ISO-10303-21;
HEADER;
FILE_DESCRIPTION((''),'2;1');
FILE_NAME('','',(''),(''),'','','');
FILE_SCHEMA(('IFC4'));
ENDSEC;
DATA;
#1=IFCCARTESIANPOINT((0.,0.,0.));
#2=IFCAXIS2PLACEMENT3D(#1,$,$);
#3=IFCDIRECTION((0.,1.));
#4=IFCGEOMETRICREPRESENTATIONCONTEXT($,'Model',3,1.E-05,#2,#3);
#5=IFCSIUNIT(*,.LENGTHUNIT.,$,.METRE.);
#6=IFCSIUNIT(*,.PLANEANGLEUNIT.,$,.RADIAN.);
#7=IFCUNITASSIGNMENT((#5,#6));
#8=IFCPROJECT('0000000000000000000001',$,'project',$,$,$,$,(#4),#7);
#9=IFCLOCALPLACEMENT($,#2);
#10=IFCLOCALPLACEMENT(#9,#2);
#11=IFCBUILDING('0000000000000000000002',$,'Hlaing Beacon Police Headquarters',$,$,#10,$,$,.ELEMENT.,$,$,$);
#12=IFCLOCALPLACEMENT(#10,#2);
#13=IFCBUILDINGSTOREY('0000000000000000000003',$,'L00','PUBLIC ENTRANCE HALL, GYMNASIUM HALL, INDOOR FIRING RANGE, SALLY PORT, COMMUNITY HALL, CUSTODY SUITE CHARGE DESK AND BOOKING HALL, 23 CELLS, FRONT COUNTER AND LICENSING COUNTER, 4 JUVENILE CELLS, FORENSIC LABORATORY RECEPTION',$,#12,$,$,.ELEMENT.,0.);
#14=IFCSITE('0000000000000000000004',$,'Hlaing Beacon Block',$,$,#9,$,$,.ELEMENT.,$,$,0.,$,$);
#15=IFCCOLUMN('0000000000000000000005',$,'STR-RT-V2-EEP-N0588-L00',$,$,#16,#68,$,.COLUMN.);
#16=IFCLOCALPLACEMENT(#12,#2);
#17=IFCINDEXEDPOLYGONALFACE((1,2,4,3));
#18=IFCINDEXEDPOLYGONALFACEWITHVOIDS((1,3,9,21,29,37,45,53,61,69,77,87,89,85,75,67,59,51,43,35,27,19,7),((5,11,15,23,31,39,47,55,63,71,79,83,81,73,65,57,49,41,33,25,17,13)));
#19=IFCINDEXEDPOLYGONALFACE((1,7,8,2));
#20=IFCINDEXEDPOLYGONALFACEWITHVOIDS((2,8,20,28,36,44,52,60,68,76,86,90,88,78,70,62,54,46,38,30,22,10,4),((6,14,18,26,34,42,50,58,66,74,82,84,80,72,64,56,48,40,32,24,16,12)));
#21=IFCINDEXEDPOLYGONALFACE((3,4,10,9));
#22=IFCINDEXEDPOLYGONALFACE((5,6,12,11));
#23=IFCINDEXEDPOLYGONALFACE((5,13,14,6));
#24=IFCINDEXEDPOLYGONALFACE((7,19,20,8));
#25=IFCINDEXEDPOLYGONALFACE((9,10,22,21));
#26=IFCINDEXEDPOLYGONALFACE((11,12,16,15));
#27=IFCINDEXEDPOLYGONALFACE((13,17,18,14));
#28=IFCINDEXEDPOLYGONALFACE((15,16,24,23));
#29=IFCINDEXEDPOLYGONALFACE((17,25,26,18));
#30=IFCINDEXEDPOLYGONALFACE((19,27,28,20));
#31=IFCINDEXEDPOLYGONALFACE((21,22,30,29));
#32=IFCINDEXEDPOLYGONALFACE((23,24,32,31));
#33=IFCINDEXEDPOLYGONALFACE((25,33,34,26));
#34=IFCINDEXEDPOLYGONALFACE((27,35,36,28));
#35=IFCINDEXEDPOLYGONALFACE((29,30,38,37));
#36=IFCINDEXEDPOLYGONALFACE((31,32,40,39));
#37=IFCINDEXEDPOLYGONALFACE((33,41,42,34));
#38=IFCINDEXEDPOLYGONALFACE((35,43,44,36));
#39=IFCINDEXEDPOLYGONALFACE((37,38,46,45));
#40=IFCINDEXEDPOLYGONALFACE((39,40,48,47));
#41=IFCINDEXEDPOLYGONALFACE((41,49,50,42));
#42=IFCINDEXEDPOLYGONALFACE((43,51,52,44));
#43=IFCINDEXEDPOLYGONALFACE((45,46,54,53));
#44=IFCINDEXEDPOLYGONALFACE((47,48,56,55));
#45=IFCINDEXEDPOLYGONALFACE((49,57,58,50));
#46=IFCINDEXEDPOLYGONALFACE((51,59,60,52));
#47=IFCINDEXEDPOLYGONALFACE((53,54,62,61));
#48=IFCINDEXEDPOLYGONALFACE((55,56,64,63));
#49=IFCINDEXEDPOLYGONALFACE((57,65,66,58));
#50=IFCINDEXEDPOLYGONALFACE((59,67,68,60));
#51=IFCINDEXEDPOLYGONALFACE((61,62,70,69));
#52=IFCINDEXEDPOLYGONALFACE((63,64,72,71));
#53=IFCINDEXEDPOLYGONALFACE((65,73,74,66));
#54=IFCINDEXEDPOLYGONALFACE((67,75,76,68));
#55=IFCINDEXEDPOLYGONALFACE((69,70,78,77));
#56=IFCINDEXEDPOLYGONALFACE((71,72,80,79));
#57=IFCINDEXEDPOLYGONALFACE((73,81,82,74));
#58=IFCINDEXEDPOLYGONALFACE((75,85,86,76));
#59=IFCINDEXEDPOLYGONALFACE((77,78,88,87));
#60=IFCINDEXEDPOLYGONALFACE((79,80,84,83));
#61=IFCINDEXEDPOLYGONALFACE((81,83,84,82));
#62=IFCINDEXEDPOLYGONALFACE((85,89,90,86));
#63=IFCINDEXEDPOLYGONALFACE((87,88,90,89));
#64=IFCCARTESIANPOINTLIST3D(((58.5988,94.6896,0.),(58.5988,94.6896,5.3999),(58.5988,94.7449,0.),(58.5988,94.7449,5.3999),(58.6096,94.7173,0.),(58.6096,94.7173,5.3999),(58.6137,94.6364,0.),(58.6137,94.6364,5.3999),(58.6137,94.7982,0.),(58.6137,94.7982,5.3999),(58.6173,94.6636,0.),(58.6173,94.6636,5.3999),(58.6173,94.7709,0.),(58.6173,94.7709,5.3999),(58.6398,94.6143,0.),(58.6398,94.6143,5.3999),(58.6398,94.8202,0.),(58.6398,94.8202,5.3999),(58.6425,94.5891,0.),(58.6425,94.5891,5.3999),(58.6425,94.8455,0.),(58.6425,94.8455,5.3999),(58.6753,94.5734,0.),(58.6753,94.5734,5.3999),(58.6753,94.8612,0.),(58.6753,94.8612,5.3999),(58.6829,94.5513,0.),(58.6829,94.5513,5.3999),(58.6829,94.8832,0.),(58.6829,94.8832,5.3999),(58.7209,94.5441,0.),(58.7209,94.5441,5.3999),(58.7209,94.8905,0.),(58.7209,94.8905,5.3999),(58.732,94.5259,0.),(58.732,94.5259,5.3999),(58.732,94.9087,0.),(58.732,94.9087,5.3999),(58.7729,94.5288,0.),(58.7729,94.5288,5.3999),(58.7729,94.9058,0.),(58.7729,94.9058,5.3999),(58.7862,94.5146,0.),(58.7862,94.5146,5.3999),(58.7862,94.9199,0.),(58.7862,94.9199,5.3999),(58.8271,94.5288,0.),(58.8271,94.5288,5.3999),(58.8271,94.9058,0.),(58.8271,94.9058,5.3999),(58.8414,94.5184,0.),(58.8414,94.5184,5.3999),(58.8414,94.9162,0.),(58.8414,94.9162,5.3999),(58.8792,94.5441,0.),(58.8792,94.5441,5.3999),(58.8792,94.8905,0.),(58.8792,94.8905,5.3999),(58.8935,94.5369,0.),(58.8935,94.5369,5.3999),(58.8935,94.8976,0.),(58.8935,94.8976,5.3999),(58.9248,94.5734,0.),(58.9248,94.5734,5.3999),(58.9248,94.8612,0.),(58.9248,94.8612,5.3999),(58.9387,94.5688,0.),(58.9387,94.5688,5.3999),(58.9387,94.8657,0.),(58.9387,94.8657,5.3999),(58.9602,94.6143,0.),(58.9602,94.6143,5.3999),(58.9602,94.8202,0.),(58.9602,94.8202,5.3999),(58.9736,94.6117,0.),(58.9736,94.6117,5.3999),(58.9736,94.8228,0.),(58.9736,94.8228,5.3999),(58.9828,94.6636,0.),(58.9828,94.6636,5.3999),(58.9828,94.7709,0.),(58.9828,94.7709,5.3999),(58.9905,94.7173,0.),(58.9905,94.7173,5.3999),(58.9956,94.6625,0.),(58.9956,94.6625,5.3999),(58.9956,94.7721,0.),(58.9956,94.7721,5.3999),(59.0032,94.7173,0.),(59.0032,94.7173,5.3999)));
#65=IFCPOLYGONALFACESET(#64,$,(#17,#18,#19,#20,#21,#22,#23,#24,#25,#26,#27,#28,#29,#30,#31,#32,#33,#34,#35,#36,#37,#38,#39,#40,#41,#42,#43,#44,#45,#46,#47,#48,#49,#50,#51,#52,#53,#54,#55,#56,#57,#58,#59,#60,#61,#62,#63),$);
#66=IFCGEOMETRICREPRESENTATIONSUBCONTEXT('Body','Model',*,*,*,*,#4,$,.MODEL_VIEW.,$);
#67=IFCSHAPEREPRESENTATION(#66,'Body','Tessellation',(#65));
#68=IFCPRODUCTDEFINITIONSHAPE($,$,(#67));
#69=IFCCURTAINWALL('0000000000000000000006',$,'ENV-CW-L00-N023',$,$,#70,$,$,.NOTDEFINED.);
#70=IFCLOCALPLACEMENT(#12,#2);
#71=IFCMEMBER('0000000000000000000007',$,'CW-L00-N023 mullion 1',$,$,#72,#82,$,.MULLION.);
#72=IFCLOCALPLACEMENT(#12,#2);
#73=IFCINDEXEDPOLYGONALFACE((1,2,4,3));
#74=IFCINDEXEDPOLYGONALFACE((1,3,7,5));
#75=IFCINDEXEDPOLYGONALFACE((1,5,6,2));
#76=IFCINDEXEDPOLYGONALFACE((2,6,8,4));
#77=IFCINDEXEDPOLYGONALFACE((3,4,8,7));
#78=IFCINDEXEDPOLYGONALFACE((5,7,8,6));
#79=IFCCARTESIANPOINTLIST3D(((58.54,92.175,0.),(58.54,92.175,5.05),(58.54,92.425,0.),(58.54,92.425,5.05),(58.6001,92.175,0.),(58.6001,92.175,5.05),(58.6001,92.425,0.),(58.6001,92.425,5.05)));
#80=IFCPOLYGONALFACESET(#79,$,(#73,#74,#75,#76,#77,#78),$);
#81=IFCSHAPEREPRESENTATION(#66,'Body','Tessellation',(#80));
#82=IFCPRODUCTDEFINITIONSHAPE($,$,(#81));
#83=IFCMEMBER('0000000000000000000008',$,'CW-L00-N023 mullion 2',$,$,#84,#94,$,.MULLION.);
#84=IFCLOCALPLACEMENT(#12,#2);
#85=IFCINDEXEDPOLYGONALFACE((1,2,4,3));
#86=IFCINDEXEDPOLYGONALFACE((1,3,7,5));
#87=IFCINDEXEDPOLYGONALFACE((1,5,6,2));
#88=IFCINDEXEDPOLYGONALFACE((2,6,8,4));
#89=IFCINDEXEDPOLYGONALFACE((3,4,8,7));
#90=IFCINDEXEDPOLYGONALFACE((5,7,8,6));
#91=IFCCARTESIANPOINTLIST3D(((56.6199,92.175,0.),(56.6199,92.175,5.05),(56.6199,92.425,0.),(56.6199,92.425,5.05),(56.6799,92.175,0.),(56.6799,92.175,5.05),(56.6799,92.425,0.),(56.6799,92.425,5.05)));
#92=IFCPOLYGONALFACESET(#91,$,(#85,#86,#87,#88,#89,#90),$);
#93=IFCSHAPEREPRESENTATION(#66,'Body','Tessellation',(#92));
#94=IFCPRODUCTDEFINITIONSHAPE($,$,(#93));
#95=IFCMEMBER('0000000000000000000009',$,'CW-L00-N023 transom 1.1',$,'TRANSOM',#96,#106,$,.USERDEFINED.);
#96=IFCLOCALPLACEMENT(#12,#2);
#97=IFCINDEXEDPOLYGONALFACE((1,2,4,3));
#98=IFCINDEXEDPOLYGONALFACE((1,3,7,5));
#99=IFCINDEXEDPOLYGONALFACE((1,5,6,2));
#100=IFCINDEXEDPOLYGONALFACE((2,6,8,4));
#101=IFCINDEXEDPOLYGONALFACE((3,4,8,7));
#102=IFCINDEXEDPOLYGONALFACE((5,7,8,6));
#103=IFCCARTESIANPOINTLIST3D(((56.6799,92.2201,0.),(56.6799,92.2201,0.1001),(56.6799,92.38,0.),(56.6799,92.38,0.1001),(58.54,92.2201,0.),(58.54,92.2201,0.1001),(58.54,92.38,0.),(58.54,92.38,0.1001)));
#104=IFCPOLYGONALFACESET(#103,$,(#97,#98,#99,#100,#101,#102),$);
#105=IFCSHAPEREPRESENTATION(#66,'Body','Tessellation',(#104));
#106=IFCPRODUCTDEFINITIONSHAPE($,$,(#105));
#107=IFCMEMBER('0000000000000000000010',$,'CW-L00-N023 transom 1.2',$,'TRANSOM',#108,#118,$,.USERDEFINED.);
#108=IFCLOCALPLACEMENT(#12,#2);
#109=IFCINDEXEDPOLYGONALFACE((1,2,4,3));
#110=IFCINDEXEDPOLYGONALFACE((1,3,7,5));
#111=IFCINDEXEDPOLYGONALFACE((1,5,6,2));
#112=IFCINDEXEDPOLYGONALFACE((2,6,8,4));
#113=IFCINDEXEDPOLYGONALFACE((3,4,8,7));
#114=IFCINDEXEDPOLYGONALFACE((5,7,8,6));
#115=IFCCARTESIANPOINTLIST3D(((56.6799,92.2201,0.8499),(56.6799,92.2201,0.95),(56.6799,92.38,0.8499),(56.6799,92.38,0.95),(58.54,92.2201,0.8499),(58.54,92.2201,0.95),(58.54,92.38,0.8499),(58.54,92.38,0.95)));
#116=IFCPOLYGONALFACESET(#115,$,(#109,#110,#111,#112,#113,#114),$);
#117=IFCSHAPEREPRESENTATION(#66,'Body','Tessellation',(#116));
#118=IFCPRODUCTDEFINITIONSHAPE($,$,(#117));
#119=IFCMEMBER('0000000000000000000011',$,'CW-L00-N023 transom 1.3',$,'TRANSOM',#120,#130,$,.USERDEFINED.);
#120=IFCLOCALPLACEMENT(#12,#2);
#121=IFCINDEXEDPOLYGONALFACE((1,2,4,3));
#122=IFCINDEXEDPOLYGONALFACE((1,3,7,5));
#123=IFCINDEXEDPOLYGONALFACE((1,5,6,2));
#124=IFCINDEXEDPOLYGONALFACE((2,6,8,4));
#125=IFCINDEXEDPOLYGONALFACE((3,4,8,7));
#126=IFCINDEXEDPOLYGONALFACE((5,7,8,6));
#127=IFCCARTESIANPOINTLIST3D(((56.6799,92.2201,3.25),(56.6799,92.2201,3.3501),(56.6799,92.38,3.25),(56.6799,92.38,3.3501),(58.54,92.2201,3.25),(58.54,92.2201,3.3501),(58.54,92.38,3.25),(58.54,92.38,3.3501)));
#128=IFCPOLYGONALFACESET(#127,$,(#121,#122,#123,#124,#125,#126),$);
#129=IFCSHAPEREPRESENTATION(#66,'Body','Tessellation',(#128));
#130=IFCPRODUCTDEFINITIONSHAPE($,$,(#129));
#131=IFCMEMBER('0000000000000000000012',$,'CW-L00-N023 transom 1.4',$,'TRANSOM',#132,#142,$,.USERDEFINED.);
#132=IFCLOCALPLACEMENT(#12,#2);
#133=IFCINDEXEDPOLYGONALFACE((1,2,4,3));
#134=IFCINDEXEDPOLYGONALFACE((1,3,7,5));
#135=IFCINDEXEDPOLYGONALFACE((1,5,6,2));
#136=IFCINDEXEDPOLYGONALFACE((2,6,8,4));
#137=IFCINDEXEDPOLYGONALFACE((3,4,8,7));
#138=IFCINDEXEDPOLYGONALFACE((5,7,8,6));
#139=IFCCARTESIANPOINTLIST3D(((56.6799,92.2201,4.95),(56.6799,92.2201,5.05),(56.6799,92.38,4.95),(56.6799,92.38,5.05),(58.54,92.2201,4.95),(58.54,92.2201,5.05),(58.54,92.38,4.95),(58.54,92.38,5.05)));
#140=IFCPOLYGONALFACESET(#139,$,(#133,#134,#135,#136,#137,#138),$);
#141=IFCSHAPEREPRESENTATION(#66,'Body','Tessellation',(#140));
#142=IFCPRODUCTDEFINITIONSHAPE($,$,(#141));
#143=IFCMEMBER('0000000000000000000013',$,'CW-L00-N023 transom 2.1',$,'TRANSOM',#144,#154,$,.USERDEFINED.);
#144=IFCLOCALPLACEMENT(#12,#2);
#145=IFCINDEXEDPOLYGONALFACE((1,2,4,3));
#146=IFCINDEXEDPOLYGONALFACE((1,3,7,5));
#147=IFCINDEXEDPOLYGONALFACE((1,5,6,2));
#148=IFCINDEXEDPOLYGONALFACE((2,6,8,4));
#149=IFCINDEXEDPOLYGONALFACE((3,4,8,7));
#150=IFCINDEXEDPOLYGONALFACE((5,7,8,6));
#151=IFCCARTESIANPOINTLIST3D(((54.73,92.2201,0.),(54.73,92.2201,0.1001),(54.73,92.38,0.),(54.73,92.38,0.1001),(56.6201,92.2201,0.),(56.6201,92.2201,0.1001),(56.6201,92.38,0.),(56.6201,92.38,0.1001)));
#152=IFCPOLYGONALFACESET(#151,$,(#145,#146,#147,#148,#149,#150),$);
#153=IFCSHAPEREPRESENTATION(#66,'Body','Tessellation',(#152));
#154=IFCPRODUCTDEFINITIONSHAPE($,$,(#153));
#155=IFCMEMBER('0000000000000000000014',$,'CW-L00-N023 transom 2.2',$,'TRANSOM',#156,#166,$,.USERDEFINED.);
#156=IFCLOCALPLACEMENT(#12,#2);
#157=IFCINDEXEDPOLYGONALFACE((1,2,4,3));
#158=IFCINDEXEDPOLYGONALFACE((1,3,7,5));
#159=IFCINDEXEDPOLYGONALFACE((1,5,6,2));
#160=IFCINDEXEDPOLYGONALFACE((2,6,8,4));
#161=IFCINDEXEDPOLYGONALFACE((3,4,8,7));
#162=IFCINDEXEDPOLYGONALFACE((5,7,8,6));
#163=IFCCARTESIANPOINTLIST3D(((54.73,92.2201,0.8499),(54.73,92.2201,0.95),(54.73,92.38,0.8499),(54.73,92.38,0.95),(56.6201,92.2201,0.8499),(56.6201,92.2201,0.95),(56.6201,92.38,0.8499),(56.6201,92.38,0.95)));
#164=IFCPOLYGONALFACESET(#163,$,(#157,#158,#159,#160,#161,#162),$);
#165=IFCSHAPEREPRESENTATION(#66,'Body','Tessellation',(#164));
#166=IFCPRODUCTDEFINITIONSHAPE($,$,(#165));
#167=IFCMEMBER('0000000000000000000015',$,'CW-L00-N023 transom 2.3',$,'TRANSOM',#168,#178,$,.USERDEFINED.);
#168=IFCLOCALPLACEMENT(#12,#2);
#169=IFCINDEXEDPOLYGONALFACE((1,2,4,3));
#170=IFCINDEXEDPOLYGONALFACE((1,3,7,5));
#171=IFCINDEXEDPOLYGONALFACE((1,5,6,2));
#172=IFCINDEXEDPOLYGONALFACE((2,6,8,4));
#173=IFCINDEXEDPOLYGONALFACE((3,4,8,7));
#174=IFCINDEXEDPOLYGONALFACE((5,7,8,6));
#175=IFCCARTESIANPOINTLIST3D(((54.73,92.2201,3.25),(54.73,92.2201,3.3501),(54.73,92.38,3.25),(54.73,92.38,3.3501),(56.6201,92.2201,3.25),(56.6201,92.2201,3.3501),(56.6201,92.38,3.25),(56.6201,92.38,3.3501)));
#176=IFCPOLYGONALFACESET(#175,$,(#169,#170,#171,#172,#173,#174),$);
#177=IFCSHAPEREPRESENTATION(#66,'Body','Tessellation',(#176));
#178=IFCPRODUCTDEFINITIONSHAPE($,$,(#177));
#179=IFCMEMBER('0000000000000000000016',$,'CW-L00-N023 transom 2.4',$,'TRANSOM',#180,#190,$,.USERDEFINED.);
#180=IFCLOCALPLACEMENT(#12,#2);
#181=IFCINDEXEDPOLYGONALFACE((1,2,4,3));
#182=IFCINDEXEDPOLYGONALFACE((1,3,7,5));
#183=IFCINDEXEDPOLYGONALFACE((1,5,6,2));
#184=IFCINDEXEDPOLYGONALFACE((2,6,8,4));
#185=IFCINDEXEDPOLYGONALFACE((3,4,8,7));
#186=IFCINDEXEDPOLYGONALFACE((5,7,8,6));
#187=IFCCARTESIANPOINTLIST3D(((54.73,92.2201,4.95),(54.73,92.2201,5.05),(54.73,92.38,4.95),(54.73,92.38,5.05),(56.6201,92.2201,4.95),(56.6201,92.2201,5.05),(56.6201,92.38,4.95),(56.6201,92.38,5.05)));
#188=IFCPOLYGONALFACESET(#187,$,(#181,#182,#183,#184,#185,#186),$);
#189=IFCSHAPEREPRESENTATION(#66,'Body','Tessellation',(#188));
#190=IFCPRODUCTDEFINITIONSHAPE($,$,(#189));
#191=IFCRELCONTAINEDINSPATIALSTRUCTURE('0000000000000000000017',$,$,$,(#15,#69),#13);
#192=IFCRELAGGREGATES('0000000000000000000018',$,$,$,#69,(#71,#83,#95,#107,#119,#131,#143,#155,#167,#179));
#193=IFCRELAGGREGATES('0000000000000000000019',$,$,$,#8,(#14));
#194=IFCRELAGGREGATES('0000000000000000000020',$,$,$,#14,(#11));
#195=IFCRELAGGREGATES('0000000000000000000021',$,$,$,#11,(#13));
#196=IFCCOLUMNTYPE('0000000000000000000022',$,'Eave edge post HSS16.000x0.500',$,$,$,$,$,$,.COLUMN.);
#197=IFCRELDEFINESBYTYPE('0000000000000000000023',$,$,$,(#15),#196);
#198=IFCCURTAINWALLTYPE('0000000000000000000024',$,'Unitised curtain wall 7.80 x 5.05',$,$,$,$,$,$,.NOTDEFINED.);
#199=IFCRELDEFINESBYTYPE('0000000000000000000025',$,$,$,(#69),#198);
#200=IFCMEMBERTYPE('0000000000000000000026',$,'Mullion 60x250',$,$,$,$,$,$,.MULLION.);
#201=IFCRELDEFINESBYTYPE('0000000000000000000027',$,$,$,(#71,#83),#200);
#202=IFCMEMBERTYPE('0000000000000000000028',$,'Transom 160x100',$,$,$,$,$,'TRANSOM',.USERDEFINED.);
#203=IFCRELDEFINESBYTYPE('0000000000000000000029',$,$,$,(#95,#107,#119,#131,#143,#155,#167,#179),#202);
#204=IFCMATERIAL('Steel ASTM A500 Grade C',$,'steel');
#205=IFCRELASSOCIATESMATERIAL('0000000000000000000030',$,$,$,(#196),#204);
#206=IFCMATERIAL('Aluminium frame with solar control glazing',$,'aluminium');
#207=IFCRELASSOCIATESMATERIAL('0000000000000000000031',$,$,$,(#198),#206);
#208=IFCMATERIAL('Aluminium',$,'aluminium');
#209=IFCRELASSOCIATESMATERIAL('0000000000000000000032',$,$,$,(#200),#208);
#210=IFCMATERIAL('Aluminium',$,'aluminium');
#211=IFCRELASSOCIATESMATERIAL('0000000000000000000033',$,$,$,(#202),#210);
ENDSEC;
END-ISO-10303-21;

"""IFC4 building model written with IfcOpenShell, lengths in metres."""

from ifc_helpers import new_model, si_unit, direction, frame, origin, origin_2d, place, context, subcontext, project, spatial, rectangle, hollow_circle, extrude, material, material_profile, profile_set, type_object, element, aggregate, save


model = new_model("IFC4")

# Units and contexts
model_context = context("Model", 3, precision=1e-05, world=origin(), true_north=direction((0.0, 1.0)))
body_context = subcontext(model_context, "Body", "Model", "MODEL_VIEW")
ifc_project = project(units=[si_unit("LENGTHUNIT", "METRE"), si_unit("PLANEANGLEUNIT", "RADIAN")], contexts=[model_context])

# Site, building, storey
site_placement = place(None, origin())
site = spatial("IfcSite", under=ifc_project, at=site_placement, Name="Hlaing Beacon Block", CompositionType="ELEMENT", RefElevation=0.0)
building_placement = place(site_placement, origin())
building = spatial("IfcBuilding", under=site, at=building_placement, Name="Hlaing Beacon Police Headquarters", CompositionType="ELEMENT")
storey_placement = place(building_placement, origin())
storey = spatial("IfcBuildingStorey", under=building, at=storey_placement, Name="L00", Description="PUBLIC ENTRANCE HALL, GYMNASIUM HALL, INDOOR FIRING RANGE, SALLY PORT, COMMUNITY HALL, CUSTODY SUITE CHARGE DESK AND BOOKING HALL, 23 CELLS, FRONT COUNTER AND LICENSING COUNTER, 4 JUVENILE CELLS, FORENSIC LABORATORY RECEPTION", CompositionType="ELEMENT", Elevation=0.0)

# Column
ifc_material_1 = material(Name="Steel ASTM A500 Grade C", Category="steel")
ifc_material_profile_1 = material_profile(ifc_material_1, hollow_circle(Radius=0.2031, WallThickness=0.0127, at=origin_2d()), Name="HSS16.000x0.500")
ifc_profile_set_1 = profile_set([ifc_material_profile_1], Name="Steel ASTM A500 Grade C")
column_type = type_object("IfcColumnType", Name="Eave edge post HSS16.000x0.500", PredefinedType="COLUMN", material=ifc_profile_set_1)
column_placement = place(storey_placement, frame((58.8, 94.7173, 0.0), z_axis=(0.0, 0.0, 1.0), x_axis=(1.0, 0.0, 0.0)))
element("IfcColumn", 1, at=column_placement, inside=storey, type_object=column_type, Name="STR-RT-V2-EEP-N0588-L00", PredefinedType="COLUMN", context=body_context, shape_type="SweptSolid", body=[
    extrude(hollow_circle(Radius=0.2031, WallThickness=0.0127, at=origin_2d()), origin(), (0.0, 0.0, 1.0), 5.3999),
])

# Curtain wall, members
ifc_material_2 = material(Name="Aluminium frame with solar control glazing", Category="aluminium")
curtain_wall_type = type_object("IfcCurtainWallType", Name="Unitised curtain wall 7.80 x 5.05", PredefinedType="NOTDEFINED", material=ifc_material_2)
curtain_wall_placement = place(storey_placement, origin())
curtain_wall = element("IfcCurtainWall", 2, at=curtain_wall_placement, inside=storey, type_object=curtain_wall_type, Name="ENV-CW-L00-N023", PredefinedType="NOTDEFINED")
ifc_material_3 = material(Name="Aluminium", Category="aluminium")
ifc_material_profile_2 = material_profile(ifc_material_3, rectangle(XDim=0.25, YDim=0.0601, at=origin_2d()), Name="Mullion 60x250")
ifc_profile_set_2 = profile_set([ifc_material_profile_2], Name="Aluminium")
member_type_1 = type_object("IfcMemberType", Name="Mullion 60x250", PredefinedType="MULLION", material=ifc_profile_set_2)
member_1_placement = place(storey_placement, frame((58.5701, 92.3, 0.0), z_axis=(0.0, 0.0, 1.0), x_axis=(0.0, -1.0, 0.0)))
member_1 = element("IfcMember", 3, at=member_1_placement, type_object=member_type_1, Name="CW-L00-N023 mullion 1", PredefinedType="MULLION", context=body_context, shape_type="SweptSolid", body=[
    extrude(rectangle(XDim=0.25, YDim=0.0601, at=origin_2d()), origin(), (0.0, 0.0, 1.0), 5.05),
])
member_2_placement = place(storey_placement, frame((56.6499, 92.3, 0.0), z_axis=(0.0, 0.0, 1.0), x_axis=(0.0, -1.0, 0.0)))
member_2 = element("IfcMember", 4, at=member_2_placement, type_object=member_type_1, Name="CW-L00-N023 mullion 2", PredefinedType="MULLION", context=body_context, shape_type="SweptSolid", body=[
    extrude(rectangle(XDim=0.25, YDim=0.0601, at=origin_2d()), origin(), (0.0, 0.0, 1.0), 5.05),
])
ifc_material_4 = material(Name="Aluminium", Category="aluminium")
ifc_material_profile_3 = material_profile(ifc_material_4, rectangle(XDim=0.1599, YDim=0.1001, at=origin_2d()), Name="Transom 160x100")
ifc_profile_set_3 = profile_set([ifc_material_profile_3], Name="Aluminium")
member_type_2 = type_object("IfcMemberType", Name="Transom 160x100", ElementType="TRANSOM", PredefinedType="USERDEFINED", material=ifc_profile_set_3)
member_3_placement = place(storey_placement, frame((58.54, 92.3, 0.05), z_axis=(-1.0, 0.0, 0.0), x_axis=(0.0, -1.0, 0.0)))
member_3 = element("IfcMember", 5, at=member_3_placement, type_object=member_type_2, Name="CW-L00-N023 transom 1.1", ObjectType="TRANSOM", PredefinedType="USERDEFINED", context=body_context, shape_type="SweptSolid", body=[
    extrude(rectangle(XDim=0.1599, YDim=0.1001, at=origin_2d()), origin(), (0.0, 0.0, 1.0), 1.8601),
])
member_4_placement = place(storey_placement, frame((58.54, 92.3, 0.8999), z_axis=(-1.0, 0.0, 0.0), x_axis=(0.0, -1.0, 0.0)))
member_4 = element("IfcMember", 6, at=member_4_placement, type_object=member_type_2, Name="CW-L00-N023 transom 1.2", ObjectType="TRANSOM", PredefinedType="USERDEFINED", context=body_context, shape_type="SweptSolid", body=[
    extrude(rectangle(XDim=0.1599, YDim=0.1001, at=origin_2d()), origin(), (0.0, 0.0, 1.0), 1.8601),
])
member_5_placement = place(storey_placement, frame((58.54, 92.3, 3.3), z_axis=(-1.0, 0.0, 0.0), x_axis=(0.0, -1.0, 0.0)))
member_5 = element("IfcMember", 7, at=member_5_placement, type_object=member_type_2, Name="CW-L00-N023 transom 1.3", ObjectType="TRANSOM", PredefinedType="USERDEFINED", context=body_context, shape_type="SweptSolid", body=[
    extrude(rectangle(XDim=0.1599, YDim=0.1001, at=origin_2d()), origin(), (0.0, 0.0, 1.0), 1.8601),
])
member_6_placement = place(storey_placement, frame((58.54, 92.3, 5.0), z_axis=(-1.0, 0.0, 0.0), x_axis=(0.0, -1.0, 0.0)))
member_6 = element("IfcMember", 8, at=member_6_placement, type_object=member_type_2, Name="CW-L00-N023 transom 1.4", ObjectType="TRANSOM", PredefinedType="USERDEFINED", context=body_context, shape_type="SweptSolid", body=[
    extrude(rectangle(XDim=0.1599, YDim=0.1001, at=origin_2d()), origin(), (0.0, 0.0, 1.0), 1.8601),
])
member_7_placement = place(storey_placement, frame((56.6201, 92.3, 0.05), z_axis=(-1.0, 0.0, 0.0), x_axis=(0.0, -1.0, 0.0)))
member_7 = element("IfcMember", 9, at=member_7_placement, type_object=member_type_2, Name="CW-L00-N023 transom 2.1", ObjectType="TRANSOM", PredefinedType="USERDEFINED", context=body_context, shape_type="SweptSolid", body=[
    extrude(rectangle(XDim=0.1599, YDim=0.1001, at=origin_2d()), origin(), (0.0, 0.0, 1.0), 1.8901),
])
member_8_placement = place(storey_placement, frame((56.6201, 92.3, 0.8999), z_axis=(-1.0, 0.0, 0.0), x_axis=(0.0, -1.0, 0.0)))
member_8 = element("IfcMember", 10, at=member_8_placement, type_object=member_type_2, Name="CW-L00-N023 transom 2.2", ObjectType="TRANSOM", PredefinedType="USERDEFINED", context=body_context, shape_type="SweptSolid", body=[
    extrude(rectangle(XDim=0.1599, YDim=0.1001, at=origin_2d()), origin(), (0.0, 0.0, 1.0), 1.8901),
])
member_9_placement = place(storey_placement, frame((56.6201, 92.3, 3.3), z_axis=(-1.0, 0.0, 0.0), x_axis=(0.0, -1.0, 0.0)))
member_9 = element("IfcMember", 11, at=member_9_placement, type_object=member_type_2, Name="CW-L00-N023 transom 2.3", ObjectType="TRANSOM", PredefinedType="USERDEFINED", context=body_context, shape_type="SweptSolid", body=[
    extrude(rectangle(XDim=0.1599, YDim=0.1001, at=origin_2d()), origin(), (0.0, 0.0, 1.0), 1.8901),
])
member_10_placement = place(storey_placement, frame((56.6201, 92.3, 5.0), z_axis=(-1.0, 0.0, 0.0), x_axis=(0.0, -1.0, 0.0)))
member_10 = element("IfcMember", 12, at=member_10_placement, type_object=member_type_2, Name="CW-L00-N023 transom 2.4", ObjectType="TRANSOM", PredefinedType="USERDEFINED", context=body_context, shape_type="SweptSolid", body=[
    extrude(rectangle(XDim=0.1599, YDim=0.1001, at=origin_2d()), origin(), (0.0, 0.0, 1.0), 1.8901),
])
aggregate(curtain_wall, [member_1, member_2, member_3, member_4, member_5, member_6, member_7, member_8, member_9, member_10])

save(model, "model.ifc")
